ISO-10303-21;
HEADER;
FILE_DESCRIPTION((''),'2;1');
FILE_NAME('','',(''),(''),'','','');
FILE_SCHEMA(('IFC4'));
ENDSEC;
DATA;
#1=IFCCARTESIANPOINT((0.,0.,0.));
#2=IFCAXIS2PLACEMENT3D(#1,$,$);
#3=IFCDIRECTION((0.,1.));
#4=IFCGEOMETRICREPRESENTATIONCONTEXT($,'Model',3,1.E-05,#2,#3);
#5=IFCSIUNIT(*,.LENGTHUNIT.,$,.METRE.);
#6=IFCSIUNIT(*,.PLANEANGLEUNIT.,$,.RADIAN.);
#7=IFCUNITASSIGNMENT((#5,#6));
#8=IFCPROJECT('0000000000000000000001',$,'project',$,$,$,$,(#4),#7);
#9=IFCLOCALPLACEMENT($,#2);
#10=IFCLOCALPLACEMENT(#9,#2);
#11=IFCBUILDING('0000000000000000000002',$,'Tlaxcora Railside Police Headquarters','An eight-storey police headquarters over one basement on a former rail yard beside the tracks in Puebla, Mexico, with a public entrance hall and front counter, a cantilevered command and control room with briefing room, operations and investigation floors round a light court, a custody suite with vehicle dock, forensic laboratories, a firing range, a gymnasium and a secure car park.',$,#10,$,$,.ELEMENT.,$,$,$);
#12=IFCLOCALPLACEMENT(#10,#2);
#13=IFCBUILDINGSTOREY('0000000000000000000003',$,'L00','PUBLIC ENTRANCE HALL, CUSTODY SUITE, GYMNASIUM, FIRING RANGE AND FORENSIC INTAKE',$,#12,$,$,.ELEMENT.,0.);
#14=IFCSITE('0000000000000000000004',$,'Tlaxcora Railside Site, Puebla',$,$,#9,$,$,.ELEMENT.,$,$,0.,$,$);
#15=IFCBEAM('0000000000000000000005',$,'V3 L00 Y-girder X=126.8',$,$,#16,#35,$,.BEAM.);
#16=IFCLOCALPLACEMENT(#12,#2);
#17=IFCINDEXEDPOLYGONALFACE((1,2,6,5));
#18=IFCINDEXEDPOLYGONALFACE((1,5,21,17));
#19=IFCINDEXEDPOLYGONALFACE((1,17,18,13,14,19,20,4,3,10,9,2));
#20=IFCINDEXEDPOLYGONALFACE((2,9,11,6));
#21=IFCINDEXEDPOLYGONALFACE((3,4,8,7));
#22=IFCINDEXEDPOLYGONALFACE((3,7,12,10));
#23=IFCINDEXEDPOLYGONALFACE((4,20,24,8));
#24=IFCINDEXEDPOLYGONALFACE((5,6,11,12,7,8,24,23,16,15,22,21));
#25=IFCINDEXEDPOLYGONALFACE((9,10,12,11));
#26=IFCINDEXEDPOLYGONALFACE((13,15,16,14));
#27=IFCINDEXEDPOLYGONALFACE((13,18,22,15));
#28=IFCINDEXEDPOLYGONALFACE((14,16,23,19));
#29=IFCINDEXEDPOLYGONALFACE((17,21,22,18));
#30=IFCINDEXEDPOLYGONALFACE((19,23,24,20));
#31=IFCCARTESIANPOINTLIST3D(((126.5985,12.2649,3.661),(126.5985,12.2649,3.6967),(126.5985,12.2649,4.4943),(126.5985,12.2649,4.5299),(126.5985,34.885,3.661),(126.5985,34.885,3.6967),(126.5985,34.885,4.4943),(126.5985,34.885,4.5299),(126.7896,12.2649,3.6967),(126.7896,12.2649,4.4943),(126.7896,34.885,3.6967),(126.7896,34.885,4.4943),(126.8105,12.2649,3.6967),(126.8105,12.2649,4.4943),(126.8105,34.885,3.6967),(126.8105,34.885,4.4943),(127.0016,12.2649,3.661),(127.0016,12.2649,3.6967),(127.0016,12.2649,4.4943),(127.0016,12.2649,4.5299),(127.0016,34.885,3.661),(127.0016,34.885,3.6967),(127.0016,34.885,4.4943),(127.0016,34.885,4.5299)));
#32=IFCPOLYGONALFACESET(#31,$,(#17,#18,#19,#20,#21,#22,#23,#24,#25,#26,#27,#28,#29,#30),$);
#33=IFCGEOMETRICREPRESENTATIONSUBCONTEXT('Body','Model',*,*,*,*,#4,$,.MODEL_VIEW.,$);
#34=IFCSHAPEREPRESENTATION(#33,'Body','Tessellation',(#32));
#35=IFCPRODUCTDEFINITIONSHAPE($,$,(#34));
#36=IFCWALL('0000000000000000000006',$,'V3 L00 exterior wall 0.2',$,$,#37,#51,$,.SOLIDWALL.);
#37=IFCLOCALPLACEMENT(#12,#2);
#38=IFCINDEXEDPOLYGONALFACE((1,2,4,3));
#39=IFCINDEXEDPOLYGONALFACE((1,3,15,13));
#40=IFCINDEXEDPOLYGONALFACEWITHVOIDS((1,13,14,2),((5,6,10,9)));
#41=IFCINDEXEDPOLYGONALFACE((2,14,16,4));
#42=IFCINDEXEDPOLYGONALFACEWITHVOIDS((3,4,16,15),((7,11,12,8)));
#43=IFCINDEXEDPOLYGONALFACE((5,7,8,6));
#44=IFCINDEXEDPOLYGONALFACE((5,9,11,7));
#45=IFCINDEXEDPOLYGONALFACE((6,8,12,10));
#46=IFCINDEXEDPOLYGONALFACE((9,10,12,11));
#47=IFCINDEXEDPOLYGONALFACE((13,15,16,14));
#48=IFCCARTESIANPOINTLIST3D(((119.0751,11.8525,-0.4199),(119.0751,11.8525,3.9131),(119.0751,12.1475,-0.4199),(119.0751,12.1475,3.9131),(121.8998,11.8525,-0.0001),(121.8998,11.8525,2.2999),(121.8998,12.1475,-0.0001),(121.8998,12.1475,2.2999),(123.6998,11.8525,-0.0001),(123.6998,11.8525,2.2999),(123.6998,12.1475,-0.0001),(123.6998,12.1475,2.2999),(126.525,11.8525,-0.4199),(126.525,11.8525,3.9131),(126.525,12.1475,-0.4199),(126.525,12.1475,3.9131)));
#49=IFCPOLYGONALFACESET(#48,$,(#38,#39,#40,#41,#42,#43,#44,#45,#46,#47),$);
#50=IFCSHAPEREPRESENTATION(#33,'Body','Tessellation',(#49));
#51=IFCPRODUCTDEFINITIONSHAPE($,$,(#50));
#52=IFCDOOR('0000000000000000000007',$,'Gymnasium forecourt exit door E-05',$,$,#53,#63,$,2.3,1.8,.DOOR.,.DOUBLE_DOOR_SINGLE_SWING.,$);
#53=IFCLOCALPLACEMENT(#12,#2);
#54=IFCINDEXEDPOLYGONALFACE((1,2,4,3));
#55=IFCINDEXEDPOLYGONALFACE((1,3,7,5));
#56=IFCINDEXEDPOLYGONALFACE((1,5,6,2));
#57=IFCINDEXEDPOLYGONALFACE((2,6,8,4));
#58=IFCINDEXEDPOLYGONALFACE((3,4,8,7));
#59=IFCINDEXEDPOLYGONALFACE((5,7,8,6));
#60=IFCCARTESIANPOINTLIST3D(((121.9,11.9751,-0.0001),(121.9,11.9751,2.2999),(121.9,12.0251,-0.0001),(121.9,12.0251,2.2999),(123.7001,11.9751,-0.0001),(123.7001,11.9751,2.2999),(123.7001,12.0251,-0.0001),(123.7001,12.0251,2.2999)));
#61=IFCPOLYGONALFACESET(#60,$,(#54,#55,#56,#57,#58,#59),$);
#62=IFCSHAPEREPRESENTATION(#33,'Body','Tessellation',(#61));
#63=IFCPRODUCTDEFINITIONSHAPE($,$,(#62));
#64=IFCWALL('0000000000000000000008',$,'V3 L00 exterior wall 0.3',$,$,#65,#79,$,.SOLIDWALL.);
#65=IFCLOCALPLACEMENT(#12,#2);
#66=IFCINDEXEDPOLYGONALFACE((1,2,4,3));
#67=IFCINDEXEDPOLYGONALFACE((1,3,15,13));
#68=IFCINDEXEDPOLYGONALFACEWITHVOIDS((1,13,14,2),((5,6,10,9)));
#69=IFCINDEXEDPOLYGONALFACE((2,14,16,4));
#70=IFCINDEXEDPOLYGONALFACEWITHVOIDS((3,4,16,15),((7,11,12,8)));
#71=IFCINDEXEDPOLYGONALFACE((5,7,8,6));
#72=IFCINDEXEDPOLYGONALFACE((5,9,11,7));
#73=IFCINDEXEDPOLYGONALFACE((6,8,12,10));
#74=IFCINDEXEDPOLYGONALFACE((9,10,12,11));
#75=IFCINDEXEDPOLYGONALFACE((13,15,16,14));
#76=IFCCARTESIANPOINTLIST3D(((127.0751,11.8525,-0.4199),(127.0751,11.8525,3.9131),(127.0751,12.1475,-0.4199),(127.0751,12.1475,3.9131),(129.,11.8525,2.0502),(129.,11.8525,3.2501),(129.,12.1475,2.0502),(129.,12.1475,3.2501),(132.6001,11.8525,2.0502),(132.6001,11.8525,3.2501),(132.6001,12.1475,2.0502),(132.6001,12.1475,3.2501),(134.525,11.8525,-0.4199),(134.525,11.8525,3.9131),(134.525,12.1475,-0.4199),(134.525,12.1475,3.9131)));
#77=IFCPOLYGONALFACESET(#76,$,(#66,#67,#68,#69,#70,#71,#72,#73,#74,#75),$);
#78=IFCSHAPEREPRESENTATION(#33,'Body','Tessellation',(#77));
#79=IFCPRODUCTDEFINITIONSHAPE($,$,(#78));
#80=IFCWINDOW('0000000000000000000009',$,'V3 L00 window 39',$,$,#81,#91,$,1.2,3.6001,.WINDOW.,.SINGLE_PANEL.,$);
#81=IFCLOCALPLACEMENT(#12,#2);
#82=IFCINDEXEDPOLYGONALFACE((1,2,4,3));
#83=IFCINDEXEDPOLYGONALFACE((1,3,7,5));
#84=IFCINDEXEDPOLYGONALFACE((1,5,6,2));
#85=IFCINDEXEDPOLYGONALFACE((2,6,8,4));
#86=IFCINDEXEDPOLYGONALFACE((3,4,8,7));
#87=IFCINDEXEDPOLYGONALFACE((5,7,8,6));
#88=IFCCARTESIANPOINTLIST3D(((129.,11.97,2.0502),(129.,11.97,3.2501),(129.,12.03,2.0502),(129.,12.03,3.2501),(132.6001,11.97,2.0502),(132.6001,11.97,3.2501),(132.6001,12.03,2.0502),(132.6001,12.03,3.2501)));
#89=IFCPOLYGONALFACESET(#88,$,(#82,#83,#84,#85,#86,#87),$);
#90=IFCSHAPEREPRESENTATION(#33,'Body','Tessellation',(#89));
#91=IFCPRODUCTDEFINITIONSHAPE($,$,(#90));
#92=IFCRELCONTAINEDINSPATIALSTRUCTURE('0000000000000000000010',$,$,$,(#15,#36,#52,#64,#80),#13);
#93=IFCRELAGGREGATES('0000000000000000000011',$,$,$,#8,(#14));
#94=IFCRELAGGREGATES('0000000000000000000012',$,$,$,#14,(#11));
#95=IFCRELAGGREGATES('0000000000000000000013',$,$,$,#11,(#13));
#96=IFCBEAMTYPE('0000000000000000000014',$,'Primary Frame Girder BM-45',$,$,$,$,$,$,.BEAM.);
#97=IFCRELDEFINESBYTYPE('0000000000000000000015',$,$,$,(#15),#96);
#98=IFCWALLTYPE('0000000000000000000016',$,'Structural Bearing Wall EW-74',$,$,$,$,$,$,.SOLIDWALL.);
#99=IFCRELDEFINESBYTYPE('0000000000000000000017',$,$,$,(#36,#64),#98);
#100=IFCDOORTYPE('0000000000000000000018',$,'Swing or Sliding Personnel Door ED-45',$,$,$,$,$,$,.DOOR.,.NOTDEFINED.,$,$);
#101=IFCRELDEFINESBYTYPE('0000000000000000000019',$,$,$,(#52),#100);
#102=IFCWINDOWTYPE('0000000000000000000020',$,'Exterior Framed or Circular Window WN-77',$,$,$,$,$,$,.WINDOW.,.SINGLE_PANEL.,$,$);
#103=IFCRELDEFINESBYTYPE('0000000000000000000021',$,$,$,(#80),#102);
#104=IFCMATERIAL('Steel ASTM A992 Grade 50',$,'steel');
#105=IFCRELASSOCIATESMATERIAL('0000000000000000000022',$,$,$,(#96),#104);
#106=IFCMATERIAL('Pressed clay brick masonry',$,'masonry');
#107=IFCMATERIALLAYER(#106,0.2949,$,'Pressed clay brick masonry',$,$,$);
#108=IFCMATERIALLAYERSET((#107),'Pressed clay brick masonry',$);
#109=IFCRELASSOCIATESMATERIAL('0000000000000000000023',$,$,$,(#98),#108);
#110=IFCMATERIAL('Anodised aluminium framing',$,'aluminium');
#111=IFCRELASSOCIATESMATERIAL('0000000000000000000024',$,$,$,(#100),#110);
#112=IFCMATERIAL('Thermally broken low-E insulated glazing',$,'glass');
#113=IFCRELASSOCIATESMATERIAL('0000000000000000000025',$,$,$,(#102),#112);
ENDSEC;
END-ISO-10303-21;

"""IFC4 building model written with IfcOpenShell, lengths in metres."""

from ifc_helpers import new_model, si_unit, direction, frame, frame_2d, origin, origin_2d, place, context, subcontext, project, spatial, rectangle, i_section, extrude, material, layer, layer_set, material_profile, profile_set, type_object, element, fill, save


model = new_model("IFC4")

# Units and contexts
model_context = context("Model", 3, precision=1e-05, world=origin(), true_north=direction((0.0, 1.0)))
body_context = subcontext(model_context, "Body", "Model", "MODEL_VIEW")
ifc_project = project(units=[si_unit("LENGTHUNIT", "METRE"), si_unit("PLANEANGLEUNIT", "RADIAN")], contexts=[model_context])

# Site, building, storey
site_placement = place(None, origin())
site = spatial("IfcSite", under=ifc_project, at=site_placement, Name="Tlaxcora Railside Site, Puebla", CompositionType="ELEMENT", RefElevation=0.0)
building_placement = place(site_placement, origin())
building = spatial("IfcBuilding", under=site, at=building_placement, Name="Tlaxcora Railside Police Headquarters", Description="An eight-storey police headquarters over one basement on a former rail yard beside the tracks in Puebla, Mexico, with a public entrance hall and front counter, a cantilevered command and control room with briefing room, operations and investigation floors round a light court, a custody suite with vehicle dock, forensic laboratories, a firing range, a gymnasium and a secure car park.", CompositionType="ELEMENT")
storey_placement = place(building_placement, origin())
storey = spatial("IfcBuildingStorey", under=building, at=storey_placement, Name="L00", Description="PUBLIC ENTRANCE HALL, CUSTODY SUITE, GYMNASIUM, FIRING RANGE AND FORENSIC INTAKE", CompositionType="ELEMENT", Elevation=0.0)

# Shared definitions
ifc_material_1 = material(Name="Steel ASTM A992 Grade 50", Category="steel")

# Beam
ifc_material_profile_1 = material_profile(ifc_material_1, i_section(OverallWidth=0.4031, OverallDepth=0.8689, WebThickness=0.021, FlangeThickness=0.0356, at=origin_2d()), Name="W33X241")
ifc_profile_set_1 = profile_set([ifc_material_profile_1], Name="Steel ASTM A992 Grade 50")
beam_type_1 = type_object("IfcBeamType", Name="Primary Frame Girder BM-45", PredefinedType="BEAM", material=ifc_profile_set_1)
for number, where, z_axis, x_axis, name in (
    (1, (126.8, 12.2649, 4.0955), (0.0, 1.0, 0.0), (-1.0, 0.0, 0.0), "V3 L00 Y-girder X=126.8"),
):
    element("IfcBeam", number, at=place(storey_placement, frame(where, z_axis=z_axis, x_axis=x_axis)), inside=storey, type_object=beam_type_1, Name=name, PredefinedType="BEAM", context=body_context, shape_type="SweptSolid", body=[
        extrude(i_section(OverallWidth=0.4031, OverallDepth=0.8689, WebThickness=0.021, FlangeThickness=0.0356, at=origin_2d()), origin(), (0.0, 0.0, 1.0), 22.6201),
    ])

# Wall, opening, door
ifc_material_2 = material(Name="Pressed clay brick masonry", Category="masonry")
ifc_layer_1 = layer(ifc_material_2, 0.2949, Name="Pressed clay brick masonry")
ifc_layer_set_1 = layer_set([ifc_layer_1], Name="Pressed clay brick masonry")
wall_type = type_object("IfcWallType", Name="Structural Bearing Wall EW-74", PredefinedType="SOLIDWALL", material=ifc_layer_set_1)
wall_1_placement = place(storey_placement, frame((119.075, 12.0, -0.4199), z_axis=(0.0, 0.0, 1.0), x_axis=(1.0, 0.0, 0.0)))
wall_1 = element("IfcWall", 2, at=wall_1_placement, inside=storey, type_object=wall_type, Name="V3 L00 exterior wall 0.2", PredefinedType="SOLIDWALL", context=body_context, shape_type="SweptSolid", body=[
    extrude(rectangle(XDim=7.45, YDim=0.2949, at=frame_2d((3.7251, 0.0))), origin(), (0.0, 0.0, 1.0), 4.333),
])
opening_1_placement = place(wall_1_placement, frame((2.825, 0.0, 0.4199)))
opening_1 = element("IfcOpeningElement", 3, at=opening_1_placement, cuts=wall_1, PredefinedType="OPENING", context=body_context, shape_type="SweptSolid", body=[
    extrude(rectangle(XDim=1.8, YDim=2.3, at=frame_2d((0.8999, 1.1499))), frame((0.0, 0.1575, 0.0), z_axis=(0.0, -1.0, 0.0), x_axis=(1.0, 0.0, 0.0)), (0.0, 0.0, 1.0), 0.3149),
])
ifc_material_3 = material(Name="Anodised aluminium framing", Category="aluminium")
door_type = type_object("IfcDoorType", Name="Swing or Sliding Personnel Door ED-45", OperationType="NOTDEFINED", PredefinedType="DOOR", material=ifc_material_3)
door_placement = place(opening_1_placement, frame((1.8, 0.0, 0.0), z_axis=(0.0, 0.0, 1.0), x_axis=(-1.0, 0.0, 0.0)))
door = element("IfcDoor", 4, at=door_placement, inside=storey, type_object=door_type, Name="Gymnasium forecourt exit door E-05", OperationType="DOUBLE_DOOR_SINGLE_SWING", OverallHeight=2.3, OverallWidth=1.8, PredefinedType="DOOR", context=body_context, shape_type="SweptSolid", body=[
    extrude(rectangle(XDim=1.8, YDim=2.3, at=frame_2d((0.8999, 1.1499))), frame((0.0, 0.0249, 0.0), z_axis=(0.0, -1.0, 0.0), x_axis=(1.0, 0.0, 0.0)), (0.0, 0.0, 1.0), 0.05),
])
fill(opening_1, door)

# Wall, opening, window
wall_2_placement = place(storey_placement, frame((127.075, 12.0, -0.4199), z_axis=(0.0, 0.0, 1.0), x_axis=(1.0, 0.0, 0.0)))
wall_2 = element("IfcWall", 5, at=wall_2_placement, inside=storey, type_object=wall_type, Name="V3 L00 exterior wall 0.3", PredefinedType="SOLIDWALL", context=body_context, shape_type="SweptSolid", body=[
    extrude(rectangle(XDim=7.45, YDim=0.2949, at=frame_2d((3.7251, 0.0))), origin(), (0.0, 0.0, 1.0), 4.333),
])
opening_2_placement = place(wall_2_placement, frame((1.925, 0.0, 2.47)))
opening_2 = element("IfcOpeningElement", 6, at=opening_2_placement, cuts=wall_2, PredefinedType="OPENING", context=body_context, shape_type="SweptSolid", body=[
    extrude(rectangle(XDim=3.6001, YDim=1.2, at=frame_2d((1.8, 0.6001))), frame((0.0, 0.1575, 0.0), z_axis=(0.0, -1.0, 0.0), x_axis=(1.0, 0.0, 0.0)), (0.0, 0.0, 1.0), 0.3149),
])
ifc_material_4 = material(Name="Thermally broken low-E insulated glazing", Category="glass")
window_type = type_object("IfcWindowType", Name="Exterior Framed or Circular Window WN-77", PartitioningType="SINGLE_PANEL", PredefinedType="WINDOW", material=ifc_material_4)
window_placement = place(opening_2_placement, origin())
window = element("IfcWindow", 7, at=window_placement, inside=storey, type_object=window_type, Name="V3 L00 window 39", OverallHeight=1.2, OverallWidth=3.6001, PartitioningType="SINGLE_PANEL", PredefinedType="WINDOW", context=body_context, shape_type="SweptSolid", body=[
    extrude(rectangle(XDim=3.6001, YDim=1.2, at=frame_2d((1.8, 0.6001))), frame((0.0, 0.03, 0.0), z_axis=(0.0, -1.0, 0.0), x_axis=(1.0, 0.0, 0.0)), (0.0, 0.0, 1.0), 0.0601),
])
fill(opening_2, window)

save(model, "model.ifc")
